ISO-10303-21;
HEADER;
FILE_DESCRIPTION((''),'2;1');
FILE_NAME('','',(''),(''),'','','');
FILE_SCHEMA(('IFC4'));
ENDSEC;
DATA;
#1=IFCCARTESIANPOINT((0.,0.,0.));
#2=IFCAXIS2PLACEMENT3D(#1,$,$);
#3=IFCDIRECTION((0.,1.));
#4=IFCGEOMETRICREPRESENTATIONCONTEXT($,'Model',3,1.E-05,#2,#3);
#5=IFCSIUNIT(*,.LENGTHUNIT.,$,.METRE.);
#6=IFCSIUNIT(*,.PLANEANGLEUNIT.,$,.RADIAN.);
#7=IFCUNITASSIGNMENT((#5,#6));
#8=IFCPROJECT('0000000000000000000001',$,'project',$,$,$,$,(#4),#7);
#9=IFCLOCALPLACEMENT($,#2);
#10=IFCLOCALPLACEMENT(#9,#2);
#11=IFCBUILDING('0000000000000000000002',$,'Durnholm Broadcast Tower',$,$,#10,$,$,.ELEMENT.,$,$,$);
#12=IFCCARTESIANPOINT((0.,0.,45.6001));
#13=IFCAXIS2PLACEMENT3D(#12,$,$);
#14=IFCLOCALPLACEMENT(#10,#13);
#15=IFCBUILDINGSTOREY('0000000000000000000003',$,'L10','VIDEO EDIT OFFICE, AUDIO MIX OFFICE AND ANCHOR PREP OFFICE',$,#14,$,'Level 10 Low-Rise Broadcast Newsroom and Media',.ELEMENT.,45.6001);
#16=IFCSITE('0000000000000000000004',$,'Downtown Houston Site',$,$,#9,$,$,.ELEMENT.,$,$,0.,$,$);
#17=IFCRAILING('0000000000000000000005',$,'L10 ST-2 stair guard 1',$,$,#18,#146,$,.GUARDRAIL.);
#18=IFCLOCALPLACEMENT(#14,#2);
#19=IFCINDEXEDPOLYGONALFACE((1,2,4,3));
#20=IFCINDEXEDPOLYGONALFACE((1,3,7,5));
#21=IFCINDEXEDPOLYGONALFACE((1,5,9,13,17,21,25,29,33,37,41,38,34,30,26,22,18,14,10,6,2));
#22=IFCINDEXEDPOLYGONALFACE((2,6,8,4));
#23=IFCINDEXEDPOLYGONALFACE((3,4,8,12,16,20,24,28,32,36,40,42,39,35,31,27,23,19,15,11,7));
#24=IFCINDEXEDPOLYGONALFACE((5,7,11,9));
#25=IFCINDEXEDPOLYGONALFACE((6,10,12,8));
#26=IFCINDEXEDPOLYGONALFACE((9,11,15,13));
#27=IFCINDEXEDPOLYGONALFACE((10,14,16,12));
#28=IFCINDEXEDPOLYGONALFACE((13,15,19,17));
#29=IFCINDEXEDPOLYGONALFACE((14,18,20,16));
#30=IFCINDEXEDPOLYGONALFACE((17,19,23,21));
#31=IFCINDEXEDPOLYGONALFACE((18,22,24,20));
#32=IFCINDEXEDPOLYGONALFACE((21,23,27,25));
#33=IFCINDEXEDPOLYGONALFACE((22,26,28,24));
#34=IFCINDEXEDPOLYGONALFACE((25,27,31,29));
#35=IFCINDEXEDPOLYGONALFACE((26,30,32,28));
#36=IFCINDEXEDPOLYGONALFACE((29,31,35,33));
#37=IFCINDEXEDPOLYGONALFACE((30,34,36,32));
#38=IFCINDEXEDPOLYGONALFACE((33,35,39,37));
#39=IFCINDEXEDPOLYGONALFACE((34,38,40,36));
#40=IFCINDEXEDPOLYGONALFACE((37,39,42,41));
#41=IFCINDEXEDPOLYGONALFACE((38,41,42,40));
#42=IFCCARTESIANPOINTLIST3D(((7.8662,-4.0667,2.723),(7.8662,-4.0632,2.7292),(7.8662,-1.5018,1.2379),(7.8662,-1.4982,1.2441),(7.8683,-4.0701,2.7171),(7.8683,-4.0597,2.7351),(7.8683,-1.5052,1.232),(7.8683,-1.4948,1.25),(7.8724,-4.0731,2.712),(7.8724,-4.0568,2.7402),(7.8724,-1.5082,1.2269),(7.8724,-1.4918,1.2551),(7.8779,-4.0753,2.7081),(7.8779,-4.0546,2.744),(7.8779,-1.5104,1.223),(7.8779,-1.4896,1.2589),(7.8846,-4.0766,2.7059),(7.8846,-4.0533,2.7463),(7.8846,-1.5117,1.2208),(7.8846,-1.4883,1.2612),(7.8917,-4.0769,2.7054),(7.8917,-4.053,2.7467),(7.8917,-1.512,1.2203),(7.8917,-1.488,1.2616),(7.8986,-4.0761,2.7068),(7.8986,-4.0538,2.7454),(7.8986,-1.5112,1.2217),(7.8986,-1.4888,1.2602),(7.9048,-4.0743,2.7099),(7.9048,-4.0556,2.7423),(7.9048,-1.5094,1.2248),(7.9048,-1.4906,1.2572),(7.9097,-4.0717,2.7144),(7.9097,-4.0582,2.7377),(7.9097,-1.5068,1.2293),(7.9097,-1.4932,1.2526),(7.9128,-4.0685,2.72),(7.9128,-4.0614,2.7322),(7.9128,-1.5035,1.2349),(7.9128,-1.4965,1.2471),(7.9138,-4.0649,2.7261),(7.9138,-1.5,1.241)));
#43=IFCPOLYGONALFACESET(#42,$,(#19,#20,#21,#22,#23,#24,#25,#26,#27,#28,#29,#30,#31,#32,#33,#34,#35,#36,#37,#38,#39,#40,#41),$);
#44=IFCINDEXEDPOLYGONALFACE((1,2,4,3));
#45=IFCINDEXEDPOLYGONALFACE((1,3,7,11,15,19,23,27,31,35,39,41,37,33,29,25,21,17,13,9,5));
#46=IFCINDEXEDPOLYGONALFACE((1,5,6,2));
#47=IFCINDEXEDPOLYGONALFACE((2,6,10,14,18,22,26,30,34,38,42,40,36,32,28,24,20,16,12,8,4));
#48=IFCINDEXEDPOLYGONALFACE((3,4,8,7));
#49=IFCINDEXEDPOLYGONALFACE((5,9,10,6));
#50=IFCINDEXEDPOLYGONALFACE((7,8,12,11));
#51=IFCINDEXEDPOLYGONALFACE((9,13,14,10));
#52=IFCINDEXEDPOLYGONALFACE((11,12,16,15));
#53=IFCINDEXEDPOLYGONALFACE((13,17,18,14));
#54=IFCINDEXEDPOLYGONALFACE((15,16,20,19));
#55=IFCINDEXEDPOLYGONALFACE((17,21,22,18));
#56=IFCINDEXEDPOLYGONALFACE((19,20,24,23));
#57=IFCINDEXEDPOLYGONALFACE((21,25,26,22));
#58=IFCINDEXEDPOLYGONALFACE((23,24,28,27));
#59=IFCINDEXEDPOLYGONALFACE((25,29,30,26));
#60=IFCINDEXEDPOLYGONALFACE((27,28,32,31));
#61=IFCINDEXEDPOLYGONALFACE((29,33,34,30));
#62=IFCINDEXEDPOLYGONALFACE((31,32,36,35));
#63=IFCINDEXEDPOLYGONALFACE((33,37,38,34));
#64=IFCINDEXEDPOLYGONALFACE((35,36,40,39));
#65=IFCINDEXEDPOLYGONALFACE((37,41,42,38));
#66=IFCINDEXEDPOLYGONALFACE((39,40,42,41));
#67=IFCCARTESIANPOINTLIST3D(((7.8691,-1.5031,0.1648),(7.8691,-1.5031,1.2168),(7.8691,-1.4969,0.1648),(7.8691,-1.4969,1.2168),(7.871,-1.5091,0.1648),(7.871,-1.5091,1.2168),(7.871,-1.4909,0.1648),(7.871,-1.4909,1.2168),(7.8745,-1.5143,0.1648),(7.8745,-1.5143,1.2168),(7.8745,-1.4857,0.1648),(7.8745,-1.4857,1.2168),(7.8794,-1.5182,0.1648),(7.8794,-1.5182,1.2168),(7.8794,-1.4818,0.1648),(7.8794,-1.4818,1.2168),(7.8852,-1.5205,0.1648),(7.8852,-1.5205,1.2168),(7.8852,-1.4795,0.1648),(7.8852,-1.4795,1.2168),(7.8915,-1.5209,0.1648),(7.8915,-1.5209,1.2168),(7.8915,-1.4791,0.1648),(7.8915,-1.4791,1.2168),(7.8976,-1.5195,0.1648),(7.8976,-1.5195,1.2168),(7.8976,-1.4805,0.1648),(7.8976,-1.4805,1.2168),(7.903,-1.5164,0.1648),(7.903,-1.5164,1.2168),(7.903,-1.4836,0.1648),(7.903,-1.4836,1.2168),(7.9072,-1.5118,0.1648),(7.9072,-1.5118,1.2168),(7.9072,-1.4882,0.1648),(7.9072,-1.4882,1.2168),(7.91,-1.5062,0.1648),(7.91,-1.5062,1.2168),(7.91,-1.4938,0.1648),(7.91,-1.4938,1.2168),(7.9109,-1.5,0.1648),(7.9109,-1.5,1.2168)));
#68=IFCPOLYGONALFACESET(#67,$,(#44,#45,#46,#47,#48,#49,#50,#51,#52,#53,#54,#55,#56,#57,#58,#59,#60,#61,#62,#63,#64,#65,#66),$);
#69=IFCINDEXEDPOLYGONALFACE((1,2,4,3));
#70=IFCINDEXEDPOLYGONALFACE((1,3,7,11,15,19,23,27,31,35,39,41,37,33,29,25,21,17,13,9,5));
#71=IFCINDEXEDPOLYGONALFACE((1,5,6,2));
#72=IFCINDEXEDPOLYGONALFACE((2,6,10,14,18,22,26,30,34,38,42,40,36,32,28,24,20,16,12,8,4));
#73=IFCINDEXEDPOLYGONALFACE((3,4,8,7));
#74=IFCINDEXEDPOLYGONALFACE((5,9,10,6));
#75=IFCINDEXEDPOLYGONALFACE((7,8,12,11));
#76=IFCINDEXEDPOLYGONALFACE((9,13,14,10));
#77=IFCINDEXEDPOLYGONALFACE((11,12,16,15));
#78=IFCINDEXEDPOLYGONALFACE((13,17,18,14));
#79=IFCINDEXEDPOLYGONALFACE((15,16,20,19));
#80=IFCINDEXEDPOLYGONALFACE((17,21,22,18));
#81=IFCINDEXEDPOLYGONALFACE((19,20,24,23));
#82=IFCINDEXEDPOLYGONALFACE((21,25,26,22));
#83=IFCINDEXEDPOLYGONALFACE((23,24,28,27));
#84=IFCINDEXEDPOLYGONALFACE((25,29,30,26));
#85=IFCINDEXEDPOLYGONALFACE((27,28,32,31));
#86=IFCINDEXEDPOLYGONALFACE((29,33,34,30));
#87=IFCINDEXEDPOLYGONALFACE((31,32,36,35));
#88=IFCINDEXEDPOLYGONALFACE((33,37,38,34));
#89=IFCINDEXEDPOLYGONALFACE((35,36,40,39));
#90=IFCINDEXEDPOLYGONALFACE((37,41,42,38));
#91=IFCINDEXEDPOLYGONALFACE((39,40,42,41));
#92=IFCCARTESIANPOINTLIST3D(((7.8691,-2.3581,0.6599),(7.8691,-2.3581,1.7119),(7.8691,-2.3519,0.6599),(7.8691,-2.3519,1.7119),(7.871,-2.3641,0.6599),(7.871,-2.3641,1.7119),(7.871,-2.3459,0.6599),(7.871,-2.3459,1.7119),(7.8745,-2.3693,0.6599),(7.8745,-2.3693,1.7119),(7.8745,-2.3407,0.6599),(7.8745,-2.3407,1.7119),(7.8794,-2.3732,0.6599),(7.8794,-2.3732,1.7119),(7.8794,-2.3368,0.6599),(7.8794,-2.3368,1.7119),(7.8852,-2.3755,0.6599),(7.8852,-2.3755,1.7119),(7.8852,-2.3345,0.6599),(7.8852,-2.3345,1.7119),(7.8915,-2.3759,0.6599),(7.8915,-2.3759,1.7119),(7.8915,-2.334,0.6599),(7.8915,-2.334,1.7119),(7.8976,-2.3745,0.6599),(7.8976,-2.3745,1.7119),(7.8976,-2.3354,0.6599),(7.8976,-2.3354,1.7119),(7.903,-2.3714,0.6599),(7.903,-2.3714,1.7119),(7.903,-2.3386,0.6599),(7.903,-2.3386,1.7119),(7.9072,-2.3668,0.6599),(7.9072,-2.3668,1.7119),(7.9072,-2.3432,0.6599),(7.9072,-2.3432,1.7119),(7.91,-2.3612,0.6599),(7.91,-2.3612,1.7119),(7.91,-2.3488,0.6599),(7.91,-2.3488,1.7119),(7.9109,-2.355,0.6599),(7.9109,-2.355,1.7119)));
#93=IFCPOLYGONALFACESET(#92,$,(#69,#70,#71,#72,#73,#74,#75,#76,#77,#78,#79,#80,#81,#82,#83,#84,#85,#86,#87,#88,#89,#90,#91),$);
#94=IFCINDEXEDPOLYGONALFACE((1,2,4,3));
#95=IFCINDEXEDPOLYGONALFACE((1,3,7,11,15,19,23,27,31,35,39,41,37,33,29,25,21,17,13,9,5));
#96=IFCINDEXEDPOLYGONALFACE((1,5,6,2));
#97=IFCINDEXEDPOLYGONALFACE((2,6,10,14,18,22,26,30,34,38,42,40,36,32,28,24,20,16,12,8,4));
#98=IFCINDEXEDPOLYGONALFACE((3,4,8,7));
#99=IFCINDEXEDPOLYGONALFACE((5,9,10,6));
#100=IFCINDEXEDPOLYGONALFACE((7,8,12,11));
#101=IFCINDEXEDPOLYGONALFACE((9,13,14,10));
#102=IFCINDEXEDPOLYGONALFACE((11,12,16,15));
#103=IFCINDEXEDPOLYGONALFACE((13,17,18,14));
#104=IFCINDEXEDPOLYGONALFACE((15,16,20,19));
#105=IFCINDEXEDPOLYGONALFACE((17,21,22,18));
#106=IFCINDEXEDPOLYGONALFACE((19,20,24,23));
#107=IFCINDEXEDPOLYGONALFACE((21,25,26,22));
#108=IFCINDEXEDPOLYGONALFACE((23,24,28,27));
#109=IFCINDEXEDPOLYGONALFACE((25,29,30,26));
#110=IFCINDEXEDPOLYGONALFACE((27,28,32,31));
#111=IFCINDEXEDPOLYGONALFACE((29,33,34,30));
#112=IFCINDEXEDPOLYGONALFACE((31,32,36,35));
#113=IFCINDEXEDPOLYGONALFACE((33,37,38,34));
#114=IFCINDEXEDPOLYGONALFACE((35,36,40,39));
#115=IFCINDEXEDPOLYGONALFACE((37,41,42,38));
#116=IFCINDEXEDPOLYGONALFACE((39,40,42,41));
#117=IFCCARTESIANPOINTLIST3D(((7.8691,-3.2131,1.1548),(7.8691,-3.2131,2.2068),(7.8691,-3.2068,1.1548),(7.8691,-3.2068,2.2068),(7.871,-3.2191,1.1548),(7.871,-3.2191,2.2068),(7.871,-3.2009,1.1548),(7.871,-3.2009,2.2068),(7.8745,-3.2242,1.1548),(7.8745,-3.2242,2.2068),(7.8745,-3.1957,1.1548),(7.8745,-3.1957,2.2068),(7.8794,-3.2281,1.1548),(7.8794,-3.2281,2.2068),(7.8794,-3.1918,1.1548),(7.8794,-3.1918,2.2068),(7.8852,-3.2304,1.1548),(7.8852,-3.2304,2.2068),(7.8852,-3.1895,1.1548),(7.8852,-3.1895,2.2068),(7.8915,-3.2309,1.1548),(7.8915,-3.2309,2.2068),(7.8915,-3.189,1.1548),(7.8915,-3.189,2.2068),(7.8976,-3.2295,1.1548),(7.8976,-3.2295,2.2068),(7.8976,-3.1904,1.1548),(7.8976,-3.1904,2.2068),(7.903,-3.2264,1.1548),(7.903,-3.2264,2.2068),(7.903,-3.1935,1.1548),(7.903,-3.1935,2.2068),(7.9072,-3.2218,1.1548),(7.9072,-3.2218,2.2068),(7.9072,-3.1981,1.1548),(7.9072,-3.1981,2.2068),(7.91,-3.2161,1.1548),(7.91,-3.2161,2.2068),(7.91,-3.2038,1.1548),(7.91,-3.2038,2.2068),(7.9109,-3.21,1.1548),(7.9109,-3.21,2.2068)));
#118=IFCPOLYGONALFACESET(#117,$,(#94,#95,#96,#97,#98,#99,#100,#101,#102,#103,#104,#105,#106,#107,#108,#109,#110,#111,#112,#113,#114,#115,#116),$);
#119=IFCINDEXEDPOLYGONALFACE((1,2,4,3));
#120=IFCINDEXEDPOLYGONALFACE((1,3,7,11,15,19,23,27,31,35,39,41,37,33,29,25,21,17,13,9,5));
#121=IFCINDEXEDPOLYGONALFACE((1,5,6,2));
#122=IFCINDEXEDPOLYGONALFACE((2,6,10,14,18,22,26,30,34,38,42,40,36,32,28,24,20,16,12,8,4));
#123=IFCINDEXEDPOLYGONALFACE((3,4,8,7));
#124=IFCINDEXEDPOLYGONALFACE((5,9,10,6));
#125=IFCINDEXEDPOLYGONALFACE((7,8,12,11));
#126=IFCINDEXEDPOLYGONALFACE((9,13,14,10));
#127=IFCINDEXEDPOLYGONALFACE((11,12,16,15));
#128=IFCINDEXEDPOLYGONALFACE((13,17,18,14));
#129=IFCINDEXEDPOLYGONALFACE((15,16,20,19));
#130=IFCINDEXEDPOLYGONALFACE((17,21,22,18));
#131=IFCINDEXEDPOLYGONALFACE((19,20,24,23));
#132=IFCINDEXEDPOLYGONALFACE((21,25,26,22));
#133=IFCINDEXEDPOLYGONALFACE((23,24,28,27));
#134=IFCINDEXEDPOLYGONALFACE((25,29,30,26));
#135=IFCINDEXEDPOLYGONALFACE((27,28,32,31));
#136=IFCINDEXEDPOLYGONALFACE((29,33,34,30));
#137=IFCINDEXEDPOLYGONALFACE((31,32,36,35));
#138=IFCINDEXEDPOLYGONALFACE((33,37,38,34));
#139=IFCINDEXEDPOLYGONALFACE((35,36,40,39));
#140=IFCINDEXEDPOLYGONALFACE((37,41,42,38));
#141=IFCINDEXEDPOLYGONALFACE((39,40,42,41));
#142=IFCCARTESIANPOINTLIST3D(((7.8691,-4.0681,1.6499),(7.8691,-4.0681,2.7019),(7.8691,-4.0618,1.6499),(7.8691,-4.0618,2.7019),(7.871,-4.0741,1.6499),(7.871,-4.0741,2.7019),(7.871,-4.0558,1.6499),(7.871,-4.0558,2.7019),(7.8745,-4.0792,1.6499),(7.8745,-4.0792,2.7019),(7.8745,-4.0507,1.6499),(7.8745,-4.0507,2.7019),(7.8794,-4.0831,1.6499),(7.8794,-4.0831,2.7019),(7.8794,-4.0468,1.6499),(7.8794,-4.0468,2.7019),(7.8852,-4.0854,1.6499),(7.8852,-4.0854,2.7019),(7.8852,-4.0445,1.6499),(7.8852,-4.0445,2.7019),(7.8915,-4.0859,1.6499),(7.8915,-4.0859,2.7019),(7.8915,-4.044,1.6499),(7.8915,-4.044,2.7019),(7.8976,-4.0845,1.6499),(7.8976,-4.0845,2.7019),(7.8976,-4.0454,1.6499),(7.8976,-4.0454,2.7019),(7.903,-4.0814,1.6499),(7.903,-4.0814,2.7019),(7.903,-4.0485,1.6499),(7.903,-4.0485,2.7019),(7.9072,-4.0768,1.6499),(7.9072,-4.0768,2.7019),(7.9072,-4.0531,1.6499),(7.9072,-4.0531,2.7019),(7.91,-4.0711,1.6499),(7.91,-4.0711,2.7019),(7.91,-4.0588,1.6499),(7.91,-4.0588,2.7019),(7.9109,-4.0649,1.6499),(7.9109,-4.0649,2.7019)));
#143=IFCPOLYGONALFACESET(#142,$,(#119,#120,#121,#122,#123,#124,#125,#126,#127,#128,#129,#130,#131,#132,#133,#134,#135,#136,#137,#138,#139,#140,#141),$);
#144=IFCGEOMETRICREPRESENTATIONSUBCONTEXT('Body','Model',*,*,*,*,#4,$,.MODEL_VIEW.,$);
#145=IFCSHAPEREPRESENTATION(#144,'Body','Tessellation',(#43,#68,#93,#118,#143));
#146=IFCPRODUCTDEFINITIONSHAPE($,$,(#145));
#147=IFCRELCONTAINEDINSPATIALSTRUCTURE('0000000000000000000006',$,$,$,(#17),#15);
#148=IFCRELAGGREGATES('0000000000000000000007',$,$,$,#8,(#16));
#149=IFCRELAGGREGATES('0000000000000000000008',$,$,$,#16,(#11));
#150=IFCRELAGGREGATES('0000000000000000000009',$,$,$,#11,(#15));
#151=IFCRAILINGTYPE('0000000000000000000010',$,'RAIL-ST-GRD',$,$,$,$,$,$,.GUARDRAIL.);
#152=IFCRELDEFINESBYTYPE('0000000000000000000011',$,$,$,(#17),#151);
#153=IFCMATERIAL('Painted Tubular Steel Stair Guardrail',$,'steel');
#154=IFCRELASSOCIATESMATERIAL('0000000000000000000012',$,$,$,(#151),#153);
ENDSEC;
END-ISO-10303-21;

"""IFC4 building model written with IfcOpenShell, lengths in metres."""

from ifc_helpers import new_model, si_unit, direction, frame, origin, origin_2d, place, context, subcontext, project, spatial, circle, extrude, material, type_object, element, save


model = new_model("IFC4")

# Units and contexts
model_context = context("Model", 3, precision=1e-05, world=origin(), true_north=direction((0.0, 1.0)))
body_context = subcontext(model_context, "Body", "Model", "MODEL_VIEW")
ifc_project = project(units=[si_unit("LENGTHUNIT", "METRE"), si_unit("PLANEANGLEUNIT", "RADIAN")], contexts=[model_context])

# Site, building, storey
site_placement = place(None, origin())
site = spatial("IfcSite", under=ifc_project, at=site_placement, Name="Downtown Houston Site", CompositionType="ELEMENT", RefElevation=0.0)
building_placement = place(site_placement, origin())
building = spatial("IfcBuilding", under=site, at=building_placement, Name="Durnholm Broadcast Tower", CompositionType="ELEMENT")
storey_placement = place(building_placement, frame((0.0, 0.0, 45.6001)))
storey = spatial("IfcBuildingStorey", under=building, at=storey_placement, Name="L10", Description="VIDEO EDIT OFFICE, AUDIO MIX OFFICE AND ANCHOR PREP OFFICE", LongName="Level 10 Low-Rise Broadcast Newsroom and Media", CompositionType="ELEMENT", Elevation=45.6001)

# Railing
ifc_material_1 = material(Name="Painted Tubular Steel Stair Guardrail", Category="steel")
railing_type_1 = type_object("IfcRailingType", Name="RAIL-ST-GRD", PredefinedType="GUARDRAIL", material=ifc_material_1)
railing_1_placement = place(storey_placement, frame((7.8899, -1.5, 0.1648)))
element("IfcRailing", 1, at=railing_1_placement, inside=storey, type_object=railing_type_1, Name="L10 ST-2 stair guard 1", PredefinedType="GUARDRAIL", context=body_context, shape_type="SweptSolid", body=[
    extrude(circle(Radius=0.0239, at=origin_2d()), frame((0.0, 0.0, 1.0762), z_axis=(0.0, -0.865406, 0.501072), x_axis=(1.0, 0.0, 0.0)), (0.0, 0.0, 1.0), 2.9639),
    extrude(circle(Radius=0.021, at=origin_2d()), origin(), (0.0, 0.0, 1.0), 1.052),
    extrude(circle(Radius=0.021, at=origin_2d()), frame((0.0, -0.855, 0.4951)), (0.0, 0.0, 1.0), 1.052),
    extrude(circle(Radius=0.021, at=origin_2d()), frame((0.0, -1.71, 0.99)), (0.0, 0.0, 1.0), 1.052),
    extrude(circle(Radius=0.021, at=origin_2d()), frame((0.0, -2.5649, 1.4851)), (0.0, 0.0, 1.0), 1.052),
])

save(model, "model.ifc")
